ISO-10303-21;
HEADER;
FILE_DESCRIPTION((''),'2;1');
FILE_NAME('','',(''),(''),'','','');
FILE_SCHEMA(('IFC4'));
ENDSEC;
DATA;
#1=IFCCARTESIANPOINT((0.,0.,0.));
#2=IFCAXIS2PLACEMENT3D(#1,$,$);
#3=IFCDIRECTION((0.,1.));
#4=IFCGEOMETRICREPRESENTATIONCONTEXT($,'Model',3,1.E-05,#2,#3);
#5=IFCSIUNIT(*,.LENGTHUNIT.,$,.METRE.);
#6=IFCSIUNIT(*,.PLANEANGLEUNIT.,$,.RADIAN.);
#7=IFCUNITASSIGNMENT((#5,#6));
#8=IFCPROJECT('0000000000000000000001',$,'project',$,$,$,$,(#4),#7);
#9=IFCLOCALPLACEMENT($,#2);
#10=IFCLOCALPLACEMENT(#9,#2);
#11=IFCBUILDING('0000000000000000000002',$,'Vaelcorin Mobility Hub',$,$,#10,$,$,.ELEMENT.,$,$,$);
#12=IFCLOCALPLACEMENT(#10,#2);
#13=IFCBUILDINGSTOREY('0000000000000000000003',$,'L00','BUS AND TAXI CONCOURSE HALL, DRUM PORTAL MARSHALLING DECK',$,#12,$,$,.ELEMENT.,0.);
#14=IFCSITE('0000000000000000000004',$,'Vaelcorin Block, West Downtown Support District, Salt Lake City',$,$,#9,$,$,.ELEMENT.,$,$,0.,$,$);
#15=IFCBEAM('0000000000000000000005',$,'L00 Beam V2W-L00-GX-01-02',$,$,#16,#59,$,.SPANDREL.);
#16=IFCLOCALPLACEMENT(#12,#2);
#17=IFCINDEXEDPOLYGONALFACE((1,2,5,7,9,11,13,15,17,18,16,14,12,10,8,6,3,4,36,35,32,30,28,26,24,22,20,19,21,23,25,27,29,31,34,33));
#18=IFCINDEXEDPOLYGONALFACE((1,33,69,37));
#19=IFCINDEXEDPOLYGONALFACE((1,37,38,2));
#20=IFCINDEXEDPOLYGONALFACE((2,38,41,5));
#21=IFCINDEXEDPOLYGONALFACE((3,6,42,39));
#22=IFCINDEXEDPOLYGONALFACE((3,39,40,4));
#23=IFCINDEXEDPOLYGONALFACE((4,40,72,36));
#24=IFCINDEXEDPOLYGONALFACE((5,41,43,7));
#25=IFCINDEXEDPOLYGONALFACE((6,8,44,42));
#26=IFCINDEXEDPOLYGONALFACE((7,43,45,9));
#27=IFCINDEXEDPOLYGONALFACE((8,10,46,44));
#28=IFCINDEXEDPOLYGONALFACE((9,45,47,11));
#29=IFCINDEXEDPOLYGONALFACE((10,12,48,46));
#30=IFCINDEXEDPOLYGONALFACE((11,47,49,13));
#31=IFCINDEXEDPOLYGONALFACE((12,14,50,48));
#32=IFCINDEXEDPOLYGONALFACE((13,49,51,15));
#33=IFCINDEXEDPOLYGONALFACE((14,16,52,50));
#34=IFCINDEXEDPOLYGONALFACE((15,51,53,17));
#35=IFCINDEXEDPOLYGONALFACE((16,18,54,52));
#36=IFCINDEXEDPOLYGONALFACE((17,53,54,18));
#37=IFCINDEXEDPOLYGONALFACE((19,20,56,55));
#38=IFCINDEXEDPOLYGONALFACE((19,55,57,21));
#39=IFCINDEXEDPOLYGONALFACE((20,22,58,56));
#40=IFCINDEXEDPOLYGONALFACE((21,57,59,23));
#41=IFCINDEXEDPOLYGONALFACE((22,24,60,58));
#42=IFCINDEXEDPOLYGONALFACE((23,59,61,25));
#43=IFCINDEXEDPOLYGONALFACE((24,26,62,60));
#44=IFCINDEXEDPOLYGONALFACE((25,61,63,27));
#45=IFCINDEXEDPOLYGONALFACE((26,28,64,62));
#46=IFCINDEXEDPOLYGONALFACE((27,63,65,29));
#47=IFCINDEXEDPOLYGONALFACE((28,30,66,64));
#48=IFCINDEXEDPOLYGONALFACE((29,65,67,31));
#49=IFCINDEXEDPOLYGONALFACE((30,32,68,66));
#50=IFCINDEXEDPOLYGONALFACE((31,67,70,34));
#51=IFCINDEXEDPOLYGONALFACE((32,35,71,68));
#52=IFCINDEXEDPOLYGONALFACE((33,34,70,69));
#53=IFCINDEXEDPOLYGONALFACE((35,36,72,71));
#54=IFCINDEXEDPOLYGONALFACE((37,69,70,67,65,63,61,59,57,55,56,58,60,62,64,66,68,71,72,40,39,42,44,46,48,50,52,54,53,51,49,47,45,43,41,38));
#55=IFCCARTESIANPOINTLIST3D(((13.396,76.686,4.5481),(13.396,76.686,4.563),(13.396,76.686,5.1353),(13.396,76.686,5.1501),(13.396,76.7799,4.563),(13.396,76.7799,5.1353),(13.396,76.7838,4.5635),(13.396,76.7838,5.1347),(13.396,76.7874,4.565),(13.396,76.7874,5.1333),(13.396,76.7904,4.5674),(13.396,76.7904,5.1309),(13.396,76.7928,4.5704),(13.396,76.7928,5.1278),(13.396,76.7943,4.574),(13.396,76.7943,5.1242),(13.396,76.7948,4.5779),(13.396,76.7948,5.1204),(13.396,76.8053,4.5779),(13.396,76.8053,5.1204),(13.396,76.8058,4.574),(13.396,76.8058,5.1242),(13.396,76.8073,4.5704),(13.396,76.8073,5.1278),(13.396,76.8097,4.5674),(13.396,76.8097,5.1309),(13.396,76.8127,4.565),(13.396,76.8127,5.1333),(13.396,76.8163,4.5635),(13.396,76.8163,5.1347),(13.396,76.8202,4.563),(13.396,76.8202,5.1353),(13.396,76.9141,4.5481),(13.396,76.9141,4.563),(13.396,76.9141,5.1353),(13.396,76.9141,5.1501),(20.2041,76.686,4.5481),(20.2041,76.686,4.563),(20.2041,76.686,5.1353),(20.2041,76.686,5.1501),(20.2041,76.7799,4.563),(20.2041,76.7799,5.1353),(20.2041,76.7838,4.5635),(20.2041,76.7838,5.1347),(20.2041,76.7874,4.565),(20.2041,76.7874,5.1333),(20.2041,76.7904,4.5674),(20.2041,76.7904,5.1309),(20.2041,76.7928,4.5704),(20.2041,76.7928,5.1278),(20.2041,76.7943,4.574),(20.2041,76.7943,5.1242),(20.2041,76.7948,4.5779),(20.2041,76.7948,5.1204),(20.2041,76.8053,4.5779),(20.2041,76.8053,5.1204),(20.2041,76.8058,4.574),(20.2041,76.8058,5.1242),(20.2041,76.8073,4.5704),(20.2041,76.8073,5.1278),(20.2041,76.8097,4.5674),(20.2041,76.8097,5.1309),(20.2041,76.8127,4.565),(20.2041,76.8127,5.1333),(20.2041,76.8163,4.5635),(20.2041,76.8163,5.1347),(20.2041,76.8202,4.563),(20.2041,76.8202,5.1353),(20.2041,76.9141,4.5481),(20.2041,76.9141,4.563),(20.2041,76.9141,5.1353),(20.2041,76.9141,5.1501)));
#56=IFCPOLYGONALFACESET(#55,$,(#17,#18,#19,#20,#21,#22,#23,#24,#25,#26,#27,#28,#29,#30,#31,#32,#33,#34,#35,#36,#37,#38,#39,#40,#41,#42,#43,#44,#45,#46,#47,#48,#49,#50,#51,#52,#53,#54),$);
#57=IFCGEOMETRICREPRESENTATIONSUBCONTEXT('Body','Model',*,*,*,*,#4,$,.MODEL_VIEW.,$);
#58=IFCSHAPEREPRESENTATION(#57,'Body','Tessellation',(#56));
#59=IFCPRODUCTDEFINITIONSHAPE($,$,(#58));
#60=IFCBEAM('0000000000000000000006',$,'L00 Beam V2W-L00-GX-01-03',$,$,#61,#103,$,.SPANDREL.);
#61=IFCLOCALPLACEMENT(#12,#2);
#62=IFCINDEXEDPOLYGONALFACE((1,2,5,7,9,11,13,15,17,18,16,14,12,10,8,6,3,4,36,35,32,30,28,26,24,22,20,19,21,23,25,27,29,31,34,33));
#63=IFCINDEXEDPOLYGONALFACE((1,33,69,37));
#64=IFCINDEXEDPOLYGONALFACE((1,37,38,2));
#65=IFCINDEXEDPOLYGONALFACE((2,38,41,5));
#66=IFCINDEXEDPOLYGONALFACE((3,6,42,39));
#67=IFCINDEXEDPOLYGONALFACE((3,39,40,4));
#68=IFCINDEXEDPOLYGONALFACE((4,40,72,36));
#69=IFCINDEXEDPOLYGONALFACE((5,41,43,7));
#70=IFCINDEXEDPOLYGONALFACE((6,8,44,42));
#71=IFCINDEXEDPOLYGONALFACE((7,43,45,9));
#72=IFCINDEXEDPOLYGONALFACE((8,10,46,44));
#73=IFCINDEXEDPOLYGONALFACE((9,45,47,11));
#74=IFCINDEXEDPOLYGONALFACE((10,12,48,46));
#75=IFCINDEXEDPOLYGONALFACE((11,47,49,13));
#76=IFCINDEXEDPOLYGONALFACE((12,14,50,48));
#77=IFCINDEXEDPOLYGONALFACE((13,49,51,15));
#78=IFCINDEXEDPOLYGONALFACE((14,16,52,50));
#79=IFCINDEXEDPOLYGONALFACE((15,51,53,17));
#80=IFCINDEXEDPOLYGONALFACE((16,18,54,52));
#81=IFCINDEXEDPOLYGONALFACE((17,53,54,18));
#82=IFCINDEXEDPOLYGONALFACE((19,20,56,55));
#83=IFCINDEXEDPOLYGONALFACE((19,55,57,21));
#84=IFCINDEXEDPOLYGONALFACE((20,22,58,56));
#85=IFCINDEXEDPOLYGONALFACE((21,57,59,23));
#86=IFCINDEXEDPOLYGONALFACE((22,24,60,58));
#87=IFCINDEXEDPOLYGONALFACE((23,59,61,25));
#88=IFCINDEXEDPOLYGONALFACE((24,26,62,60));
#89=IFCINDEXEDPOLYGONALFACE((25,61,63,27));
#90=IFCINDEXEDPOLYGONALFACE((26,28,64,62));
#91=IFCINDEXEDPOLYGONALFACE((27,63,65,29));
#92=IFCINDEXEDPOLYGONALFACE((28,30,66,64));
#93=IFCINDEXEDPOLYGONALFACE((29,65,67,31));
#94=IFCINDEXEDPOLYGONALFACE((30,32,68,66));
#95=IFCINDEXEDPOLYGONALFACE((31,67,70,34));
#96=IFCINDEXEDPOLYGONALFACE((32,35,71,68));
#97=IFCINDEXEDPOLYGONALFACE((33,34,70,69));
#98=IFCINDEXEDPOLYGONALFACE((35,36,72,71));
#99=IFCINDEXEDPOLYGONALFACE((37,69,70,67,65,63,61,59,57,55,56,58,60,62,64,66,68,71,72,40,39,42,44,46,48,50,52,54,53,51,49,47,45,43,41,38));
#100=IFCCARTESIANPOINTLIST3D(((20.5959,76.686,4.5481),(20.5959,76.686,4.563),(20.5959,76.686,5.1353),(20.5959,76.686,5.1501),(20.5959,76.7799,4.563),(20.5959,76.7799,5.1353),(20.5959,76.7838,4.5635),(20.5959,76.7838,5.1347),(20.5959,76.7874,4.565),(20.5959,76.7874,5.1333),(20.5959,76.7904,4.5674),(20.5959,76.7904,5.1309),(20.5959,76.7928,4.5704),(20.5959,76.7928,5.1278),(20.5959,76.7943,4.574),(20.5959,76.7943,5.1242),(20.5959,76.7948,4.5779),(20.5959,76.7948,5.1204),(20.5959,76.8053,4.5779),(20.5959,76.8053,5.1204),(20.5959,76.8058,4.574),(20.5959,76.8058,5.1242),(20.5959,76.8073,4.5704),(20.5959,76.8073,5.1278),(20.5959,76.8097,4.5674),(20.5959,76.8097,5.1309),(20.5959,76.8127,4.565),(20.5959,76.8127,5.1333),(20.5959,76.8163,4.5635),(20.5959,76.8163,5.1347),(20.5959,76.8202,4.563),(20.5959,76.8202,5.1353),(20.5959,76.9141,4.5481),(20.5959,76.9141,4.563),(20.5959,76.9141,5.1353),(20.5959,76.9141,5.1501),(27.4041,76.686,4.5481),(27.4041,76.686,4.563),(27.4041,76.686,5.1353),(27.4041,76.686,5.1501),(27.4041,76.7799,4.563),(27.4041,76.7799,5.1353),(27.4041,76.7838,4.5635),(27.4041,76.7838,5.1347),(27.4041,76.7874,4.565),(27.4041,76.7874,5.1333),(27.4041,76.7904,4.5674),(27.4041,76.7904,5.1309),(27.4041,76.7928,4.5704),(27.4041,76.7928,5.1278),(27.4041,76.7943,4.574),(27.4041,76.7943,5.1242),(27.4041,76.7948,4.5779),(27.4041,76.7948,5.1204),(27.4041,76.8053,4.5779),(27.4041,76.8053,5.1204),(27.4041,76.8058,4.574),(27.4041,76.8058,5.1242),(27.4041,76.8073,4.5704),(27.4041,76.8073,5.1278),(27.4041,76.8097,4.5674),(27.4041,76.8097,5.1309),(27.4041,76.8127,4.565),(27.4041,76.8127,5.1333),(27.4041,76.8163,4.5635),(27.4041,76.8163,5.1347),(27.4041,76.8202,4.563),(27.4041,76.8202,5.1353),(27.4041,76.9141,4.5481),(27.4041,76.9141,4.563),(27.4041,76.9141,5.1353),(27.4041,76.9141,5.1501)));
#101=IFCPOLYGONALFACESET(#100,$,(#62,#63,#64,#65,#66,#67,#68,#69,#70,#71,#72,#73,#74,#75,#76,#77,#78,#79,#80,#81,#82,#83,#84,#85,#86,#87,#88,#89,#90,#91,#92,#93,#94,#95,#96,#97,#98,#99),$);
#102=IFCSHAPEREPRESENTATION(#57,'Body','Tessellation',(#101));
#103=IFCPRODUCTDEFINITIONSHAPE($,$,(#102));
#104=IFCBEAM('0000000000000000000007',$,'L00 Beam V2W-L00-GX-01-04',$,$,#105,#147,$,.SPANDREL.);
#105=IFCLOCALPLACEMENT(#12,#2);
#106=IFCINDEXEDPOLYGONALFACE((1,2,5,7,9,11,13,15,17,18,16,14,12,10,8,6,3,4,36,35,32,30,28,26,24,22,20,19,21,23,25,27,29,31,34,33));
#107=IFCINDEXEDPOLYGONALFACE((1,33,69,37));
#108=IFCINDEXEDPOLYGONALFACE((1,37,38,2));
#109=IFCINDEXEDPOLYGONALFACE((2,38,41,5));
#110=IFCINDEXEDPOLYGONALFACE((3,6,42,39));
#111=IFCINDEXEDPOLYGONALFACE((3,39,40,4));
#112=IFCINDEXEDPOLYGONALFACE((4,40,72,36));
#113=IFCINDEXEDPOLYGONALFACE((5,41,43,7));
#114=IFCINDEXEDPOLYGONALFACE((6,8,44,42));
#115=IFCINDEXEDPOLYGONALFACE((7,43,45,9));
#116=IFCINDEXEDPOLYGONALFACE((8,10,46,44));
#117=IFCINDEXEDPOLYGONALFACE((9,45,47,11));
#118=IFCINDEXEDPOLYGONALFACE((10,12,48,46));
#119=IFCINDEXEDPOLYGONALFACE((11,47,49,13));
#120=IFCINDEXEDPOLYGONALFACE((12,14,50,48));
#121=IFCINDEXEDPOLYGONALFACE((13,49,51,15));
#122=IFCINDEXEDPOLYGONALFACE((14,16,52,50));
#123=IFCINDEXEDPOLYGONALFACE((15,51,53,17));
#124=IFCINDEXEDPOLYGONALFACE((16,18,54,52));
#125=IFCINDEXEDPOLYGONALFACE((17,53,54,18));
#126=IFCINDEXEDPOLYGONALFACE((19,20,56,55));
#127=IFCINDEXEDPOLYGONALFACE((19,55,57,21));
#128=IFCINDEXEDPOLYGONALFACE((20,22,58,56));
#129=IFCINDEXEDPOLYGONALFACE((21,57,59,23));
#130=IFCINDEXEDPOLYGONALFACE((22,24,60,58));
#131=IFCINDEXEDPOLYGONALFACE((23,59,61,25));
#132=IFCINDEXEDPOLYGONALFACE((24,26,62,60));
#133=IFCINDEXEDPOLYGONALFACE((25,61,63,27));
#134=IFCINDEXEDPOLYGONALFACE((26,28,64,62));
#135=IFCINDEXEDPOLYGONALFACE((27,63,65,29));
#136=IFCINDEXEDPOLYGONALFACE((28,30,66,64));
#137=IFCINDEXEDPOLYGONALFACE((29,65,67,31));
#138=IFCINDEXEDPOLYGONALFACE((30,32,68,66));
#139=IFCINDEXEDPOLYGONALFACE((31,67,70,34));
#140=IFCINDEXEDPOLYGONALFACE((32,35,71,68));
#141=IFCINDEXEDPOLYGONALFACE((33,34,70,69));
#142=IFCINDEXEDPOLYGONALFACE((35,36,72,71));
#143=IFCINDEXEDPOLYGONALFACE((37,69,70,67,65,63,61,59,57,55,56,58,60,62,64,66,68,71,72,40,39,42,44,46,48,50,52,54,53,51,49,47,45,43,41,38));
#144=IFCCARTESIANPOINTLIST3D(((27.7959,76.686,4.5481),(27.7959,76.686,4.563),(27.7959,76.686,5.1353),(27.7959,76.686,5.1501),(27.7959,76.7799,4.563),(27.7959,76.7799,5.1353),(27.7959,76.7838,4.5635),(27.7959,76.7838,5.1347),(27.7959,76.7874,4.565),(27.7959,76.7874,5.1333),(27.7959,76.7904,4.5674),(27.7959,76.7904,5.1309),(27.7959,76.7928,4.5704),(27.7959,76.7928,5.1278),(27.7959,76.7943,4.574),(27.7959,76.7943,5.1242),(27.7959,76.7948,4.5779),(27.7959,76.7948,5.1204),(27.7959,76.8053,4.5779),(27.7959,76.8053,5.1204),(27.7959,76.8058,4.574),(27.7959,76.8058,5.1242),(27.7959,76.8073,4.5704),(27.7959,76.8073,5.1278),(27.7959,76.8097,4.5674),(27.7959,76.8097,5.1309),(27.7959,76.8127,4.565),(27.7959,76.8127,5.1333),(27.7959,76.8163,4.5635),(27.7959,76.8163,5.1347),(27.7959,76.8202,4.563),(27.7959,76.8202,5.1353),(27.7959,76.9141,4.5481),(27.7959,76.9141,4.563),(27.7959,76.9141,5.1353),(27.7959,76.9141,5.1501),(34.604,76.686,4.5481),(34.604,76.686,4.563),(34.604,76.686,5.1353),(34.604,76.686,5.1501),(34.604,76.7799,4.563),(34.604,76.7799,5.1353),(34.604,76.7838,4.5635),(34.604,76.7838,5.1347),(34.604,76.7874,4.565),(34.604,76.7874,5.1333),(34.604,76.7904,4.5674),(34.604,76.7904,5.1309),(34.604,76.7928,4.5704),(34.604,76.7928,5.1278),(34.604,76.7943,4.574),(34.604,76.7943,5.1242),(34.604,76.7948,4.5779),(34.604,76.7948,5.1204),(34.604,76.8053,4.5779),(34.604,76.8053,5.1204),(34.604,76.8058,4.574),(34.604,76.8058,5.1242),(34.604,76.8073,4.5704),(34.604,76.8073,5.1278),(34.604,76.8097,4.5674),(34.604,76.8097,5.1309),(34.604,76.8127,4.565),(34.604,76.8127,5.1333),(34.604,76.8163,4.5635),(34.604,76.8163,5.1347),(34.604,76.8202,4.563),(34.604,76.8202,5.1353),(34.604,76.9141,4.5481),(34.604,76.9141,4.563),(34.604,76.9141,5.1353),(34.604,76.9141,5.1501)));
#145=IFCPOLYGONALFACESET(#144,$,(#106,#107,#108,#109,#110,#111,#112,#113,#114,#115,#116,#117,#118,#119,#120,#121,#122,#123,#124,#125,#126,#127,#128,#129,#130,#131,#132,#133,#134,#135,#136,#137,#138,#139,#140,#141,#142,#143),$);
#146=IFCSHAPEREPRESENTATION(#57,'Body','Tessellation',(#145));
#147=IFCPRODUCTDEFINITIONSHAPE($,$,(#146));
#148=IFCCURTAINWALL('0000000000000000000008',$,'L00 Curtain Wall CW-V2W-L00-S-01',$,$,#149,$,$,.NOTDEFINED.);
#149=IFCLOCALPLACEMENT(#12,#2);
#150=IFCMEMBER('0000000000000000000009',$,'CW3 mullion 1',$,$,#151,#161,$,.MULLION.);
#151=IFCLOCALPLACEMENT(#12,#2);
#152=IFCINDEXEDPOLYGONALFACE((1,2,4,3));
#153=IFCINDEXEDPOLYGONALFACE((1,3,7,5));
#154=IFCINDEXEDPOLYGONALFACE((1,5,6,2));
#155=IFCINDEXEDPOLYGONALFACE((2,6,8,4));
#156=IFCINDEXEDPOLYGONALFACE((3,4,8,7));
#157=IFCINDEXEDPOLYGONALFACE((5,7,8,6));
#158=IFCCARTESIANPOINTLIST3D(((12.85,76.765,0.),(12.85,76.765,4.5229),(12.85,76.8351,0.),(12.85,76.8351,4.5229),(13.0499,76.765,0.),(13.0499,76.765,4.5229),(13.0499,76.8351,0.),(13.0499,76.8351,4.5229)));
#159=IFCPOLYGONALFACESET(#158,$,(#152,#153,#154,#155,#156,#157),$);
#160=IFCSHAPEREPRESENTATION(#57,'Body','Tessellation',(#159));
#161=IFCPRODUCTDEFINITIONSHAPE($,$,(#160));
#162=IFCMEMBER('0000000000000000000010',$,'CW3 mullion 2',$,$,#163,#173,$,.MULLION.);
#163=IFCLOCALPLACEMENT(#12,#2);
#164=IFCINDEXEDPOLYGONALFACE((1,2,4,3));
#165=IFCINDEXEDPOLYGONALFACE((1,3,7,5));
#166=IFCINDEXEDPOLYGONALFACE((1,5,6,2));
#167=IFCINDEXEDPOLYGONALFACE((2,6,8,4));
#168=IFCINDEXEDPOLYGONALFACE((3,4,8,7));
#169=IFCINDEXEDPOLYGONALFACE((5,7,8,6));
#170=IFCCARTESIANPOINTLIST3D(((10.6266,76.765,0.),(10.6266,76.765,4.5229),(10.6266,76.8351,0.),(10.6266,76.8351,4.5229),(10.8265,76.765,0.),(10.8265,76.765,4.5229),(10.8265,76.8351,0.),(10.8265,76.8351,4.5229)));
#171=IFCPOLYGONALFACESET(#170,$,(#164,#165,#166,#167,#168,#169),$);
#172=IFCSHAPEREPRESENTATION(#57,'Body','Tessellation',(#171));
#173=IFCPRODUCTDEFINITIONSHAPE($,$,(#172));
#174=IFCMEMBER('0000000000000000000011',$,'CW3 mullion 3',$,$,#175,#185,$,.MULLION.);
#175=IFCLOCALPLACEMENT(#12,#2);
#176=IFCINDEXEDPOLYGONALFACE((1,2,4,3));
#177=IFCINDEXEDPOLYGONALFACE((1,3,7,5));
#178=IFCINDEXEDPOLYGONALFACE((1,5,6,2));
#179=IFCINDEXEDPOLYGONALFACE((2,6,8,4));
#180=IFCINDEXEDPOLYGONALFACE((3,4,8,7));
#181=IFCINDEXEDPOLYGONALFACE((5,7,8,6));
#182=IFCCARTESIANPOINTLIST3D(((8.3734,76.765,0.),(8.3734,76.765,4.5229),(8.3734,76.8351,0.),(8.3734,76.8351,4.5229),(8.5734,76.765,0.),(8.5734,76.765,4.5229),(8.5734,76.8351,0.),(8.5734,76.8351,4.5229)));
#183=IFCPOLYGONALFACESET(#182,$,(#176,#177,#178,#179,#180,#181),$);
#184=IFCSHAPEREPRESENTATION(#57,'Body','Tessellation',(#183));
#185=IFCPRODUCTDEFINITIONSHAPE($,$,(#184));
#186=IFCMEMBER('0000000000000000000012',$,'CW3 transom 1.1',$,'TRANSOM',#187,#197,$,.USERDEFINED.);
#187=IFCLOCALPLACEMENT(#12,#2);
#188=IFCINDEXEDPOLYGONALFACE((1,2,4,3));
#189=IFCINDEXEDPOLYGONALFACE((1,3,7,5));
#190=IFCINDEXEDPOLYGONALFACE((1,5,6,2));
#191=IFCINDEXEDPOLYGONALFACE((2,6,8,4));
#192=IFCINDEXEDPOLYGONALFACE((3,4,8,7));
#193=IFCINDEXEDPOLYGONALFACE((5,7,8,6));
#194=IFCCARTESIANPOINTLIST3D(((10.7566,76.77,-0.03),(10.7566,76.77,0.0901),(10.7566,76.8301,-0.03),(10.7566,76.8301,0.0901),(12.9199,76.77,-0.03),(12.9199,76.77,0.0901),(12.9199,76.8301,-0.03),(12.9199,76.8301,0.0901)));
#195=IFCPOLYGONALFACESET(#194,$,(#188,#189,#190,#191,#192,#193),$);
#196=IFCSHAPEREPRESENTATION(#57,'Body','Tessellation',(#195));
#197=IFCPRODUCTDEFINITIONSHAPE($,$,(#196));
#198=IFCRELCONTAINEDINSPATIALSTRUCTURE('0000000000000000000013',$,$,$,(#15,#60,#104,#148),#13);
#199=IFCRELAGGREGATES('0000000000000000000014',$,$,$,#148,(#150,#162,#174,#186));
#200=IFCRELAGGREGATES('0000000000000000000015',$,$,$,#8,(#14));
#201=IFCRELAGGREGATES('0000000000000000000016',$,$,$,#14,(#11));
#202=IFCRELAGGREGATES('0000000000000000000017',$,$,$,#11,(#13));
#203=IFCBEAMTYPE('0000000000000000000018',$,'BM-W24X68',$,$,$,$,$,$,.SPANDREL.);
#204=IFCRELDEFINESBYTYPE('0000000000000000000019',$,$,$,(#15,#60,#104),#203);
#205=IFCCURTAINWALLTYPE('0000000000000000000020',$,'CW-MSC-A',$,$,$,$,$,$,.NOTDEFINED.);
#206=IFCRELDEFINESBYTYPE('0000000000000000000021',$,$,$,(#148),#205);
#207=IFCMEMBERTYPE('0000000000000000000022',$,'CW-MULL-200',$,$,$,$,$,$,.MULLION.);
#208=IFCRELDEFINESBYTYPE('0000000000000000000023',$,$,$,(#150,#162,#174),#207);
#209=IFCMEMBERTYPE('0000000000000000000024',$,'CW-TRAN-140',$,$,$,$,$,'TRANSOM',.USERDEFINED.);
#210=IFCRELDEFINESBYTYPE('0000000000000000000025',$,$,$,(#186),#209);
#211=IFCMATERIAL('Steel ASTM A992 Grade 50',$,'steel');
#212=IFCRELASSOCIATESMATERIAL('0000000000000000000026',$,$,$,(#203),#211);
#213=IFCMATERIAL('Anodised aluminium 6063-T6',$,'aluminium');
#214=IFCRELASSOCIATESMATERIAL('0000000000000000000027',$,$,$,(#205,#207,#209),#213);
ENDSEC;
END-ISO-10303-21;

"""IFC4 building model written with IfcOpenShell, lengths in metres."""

from ifc_helpers import new_model, si_unit, direction, frame, origin, origin_2d, place, context, subcontext, project, spatial, rectangle, i_section, extrude, material, material_profile, profile_set, type_object, element, aggregate, save


model = new_model("IFC4")

# Units and contexts
model_context = context("Model", 3, precision=1e-05, world=origin(), true_north=direction((0.0, 1.0)))
body_context = subcontext(model_context, "Body", "Model", "MODEL_VIEW")
ifc_project = project(units=[si_unit("LENGTHUNIT", "METRE"), si_unit("PLANEANGLEUNIT", "RADIAN")], contexts=[model_context])

# Site, building, storey
site_placement = place(None, origin())
site = spatial("IfcSite", under=ifc_project, at=site_placement, Name="Vaelcorin Block, West Downtown Support District, Salt Lake City", CompositionType="ELEMENT", RefElevation=0.0)
building_placement = place(site_placement, origin())
building = spatial("IfcBuilding", under=site, at=building_placement, Name="Vaelcorin Mobility Hub", CompositionType="ELEMENT")
storey_placement = place(building_placement, origin())
storey = spatial("IfcBuildingStorey", under=building, at=storey_placement, Name="L00", Description="BUS AND TAXI CONCOURSE HALL, DRUM PORTAL MARSHALLING DECK", CompositionType="ELEMENT", Elevation=0.0)

# Shared definitions
ifc_material_1 = material(Name="Steel ASTM A992 Grade 50", Category="steel")

# Beams
ifc_material_profile_1 = material_profile(ifc_material_1, i_section(OverallWidth=0.228, OverallDepth=0.6021, WebThickness=0.0105, FlangeThickness=0.0149, FilletRadius=0.0149, at=origin_2d()), Name="W24X68")
ifc_profile_set_1 = profile_set([ifc_material_profile_1], Name="Steel ASTM A992 Grade 50")
beam_type = type_object("IfcBeamType", Name="BM-W24X68", PredefinedType="SPANDREL", material=ifc_profile_set_1)
for number, where, z_axis, x_axis, name in (
    (1, (13.396, 76.8, 4.8491), (1.0, 0.0, 0.0), (0.0, 1.0, 0.0), "L00 Beam V2W-L00-GX-01-02"),
    (2, (20.5959, 76.8, 4.8491), (1.0, 0.0, 0.0), (0.0, 1.0, 0.0), "L00 Beam V2W-L00-GX-01-03"),
    (3, (27.7959, 76.8, 4.8491), (1.0, 0.0, 0.0), (0.0, 1.0, 0.0), "L00 Beam V2W-L00-GX-01-04"),
):
    element("IfcBeam", number, at=place(storey_placement, frame(where, z_axis=z_axis, x_axis=x_axis)), inside=storey, type_object=beam_type, Name=name, PredefinedType="SPANDREL", context=body_context, shape_type="SweptSolid", body=[
        extrude(i_section(OverallWidth=0.228, OverallDepth=0.6021, WebThickness=0.0105, FlangeThickness=0.0149, FilletRadius=0.0149, at=origin_2d()), origin(), (0.0, 0.0, 1.0), 6.8081),
    ])

# Curtain wall, members
ifc_material_2 = material(Name="Anodised aluminium 6063-T6", Category="aluminium")
curtain_wall_type = type_object("IfcCurtainWallType", Name="CW-MSC-A", PredefinedType="NOTDEFINED", material=ifc_material_2)
curtain_wall_placement = place(storey_placement, origin())
curtain_wall = element("IfcCurtainWall", 4, at=curtain_wall_placement, inside=storey, type_object=curtain_wall_type, Name="L00 Curtain Wall CW-V2W-L00-S-01", PredefinedType="NOTDEFINED")
ifc_material_profile_2 = material_profile(ifc_material_2, rectangle(XDim=0.0701, YDim=0.2, at=origin_2d()), Name="ALU-M70X200")
ifc_profile_set_2 = profile_set([ifc_material_profile_2], Name="Anodised aluminium 6063-T6")
member_type_1 = type_object("IfcMemberType", Name="CW-MULL-200", PredefinedType="MULLION", material=ifc_profile_set_2)
member_1_placement = place(storey_placement, frame((12.95, 76.8, 0.0), z_axis=(0.0, 0.0, 1.0), x_axis=(0.0, -1.0, 0.0)))
member_1 = element("IfcMember", 5, at=member_1_placement, type_object=member_type_1, Name="CW3 mullion 1", PredefinedType="MULLION", context=body_context, shape_type="SweptSolid", body=[
    extrude(rectangle(XDim=0.0701, YDim=0.2, at=origin_2d()), origin(), (0.0, 0.0, 1.0), 4.5229),
])
member_2_placement = place(storey_placement, frame((10.7266, 76.8, 0.0), z_axis=(0.0, 0.0, 1.0), x_axis=(0.0, -1.0, 0.0)))
member_2 = element("IfcMember", 6, at=member_2_placement, type_object=member_type_1, Name="CW3 mullion 2", PredefinedType="MULLION", context=body_context, shape_type="SweptSolid", body=[
    extrude(rectangle(XDim=0.0701, YDim=0.2, at=origin_2d()), origin(), (0.0, 0.0, 1.0), 4.5229),
])
member_3_placement = place(storey_placement, frame((8.4734, 76.8, 0.0), z_axis=(0.0, 0.0, 1.0), x_axis=(0.0, -1.0, 0.0)))
member_3 = element("IfcMember", 7, at=member_3_placement, type_object=member_type_1, Name="CW3 mullion 3", PredefinedType="MULLION", context=body_context, shape_type="SweptSolid", body=[
    extrude(rectangle(XDim=0.0701, YDim=0.2, at=origin_2d()), origin(), (0.0, 0.0, 1.0), 4.5229),
])
ifc_material_profile_3 = material_profile(ifc_material_2, rectangle(XDim=0.0601, YDim=0.1201, at=origin_2d()), Name="ALU-T60X120")
ifc_profile_set_3 = profile_set([ifc_material_profile_3], Name="Anodised aluminium 6063-T6")
member_type_2 = type_object("IfcMemberType", Name="CW-TRAN-140", ElementType="TRANSOM", PredefinedType="USERDEFINED", material=ifc_profile_set_3)
member_4_placement = place(storey_placement, frame((12.9199, 76.8, 0.03), z_axis=(-1.0, 0.0, 0.0), x_axis=(0.0, -1.0, 0.0)))
member_4 = element("IfcMember", 8, at=member_4_placement, type_object=member_type_2, Name="CW3 transom 1.1", ObjectType="TRANSOM", PredefinedType="USERDEFINED", context=body_context, shape_type="SweptSolid", body=[
    extrude(rectangle(XDim=0.0601, YDim=0.1201, at=origin_2d()), origin(), (0.0, 0.0, 1.0), 2.1633),
])
aggregate(curtain_wall, [member_1, member_2, member_3, member_4])

save(model, "model.ifc")
